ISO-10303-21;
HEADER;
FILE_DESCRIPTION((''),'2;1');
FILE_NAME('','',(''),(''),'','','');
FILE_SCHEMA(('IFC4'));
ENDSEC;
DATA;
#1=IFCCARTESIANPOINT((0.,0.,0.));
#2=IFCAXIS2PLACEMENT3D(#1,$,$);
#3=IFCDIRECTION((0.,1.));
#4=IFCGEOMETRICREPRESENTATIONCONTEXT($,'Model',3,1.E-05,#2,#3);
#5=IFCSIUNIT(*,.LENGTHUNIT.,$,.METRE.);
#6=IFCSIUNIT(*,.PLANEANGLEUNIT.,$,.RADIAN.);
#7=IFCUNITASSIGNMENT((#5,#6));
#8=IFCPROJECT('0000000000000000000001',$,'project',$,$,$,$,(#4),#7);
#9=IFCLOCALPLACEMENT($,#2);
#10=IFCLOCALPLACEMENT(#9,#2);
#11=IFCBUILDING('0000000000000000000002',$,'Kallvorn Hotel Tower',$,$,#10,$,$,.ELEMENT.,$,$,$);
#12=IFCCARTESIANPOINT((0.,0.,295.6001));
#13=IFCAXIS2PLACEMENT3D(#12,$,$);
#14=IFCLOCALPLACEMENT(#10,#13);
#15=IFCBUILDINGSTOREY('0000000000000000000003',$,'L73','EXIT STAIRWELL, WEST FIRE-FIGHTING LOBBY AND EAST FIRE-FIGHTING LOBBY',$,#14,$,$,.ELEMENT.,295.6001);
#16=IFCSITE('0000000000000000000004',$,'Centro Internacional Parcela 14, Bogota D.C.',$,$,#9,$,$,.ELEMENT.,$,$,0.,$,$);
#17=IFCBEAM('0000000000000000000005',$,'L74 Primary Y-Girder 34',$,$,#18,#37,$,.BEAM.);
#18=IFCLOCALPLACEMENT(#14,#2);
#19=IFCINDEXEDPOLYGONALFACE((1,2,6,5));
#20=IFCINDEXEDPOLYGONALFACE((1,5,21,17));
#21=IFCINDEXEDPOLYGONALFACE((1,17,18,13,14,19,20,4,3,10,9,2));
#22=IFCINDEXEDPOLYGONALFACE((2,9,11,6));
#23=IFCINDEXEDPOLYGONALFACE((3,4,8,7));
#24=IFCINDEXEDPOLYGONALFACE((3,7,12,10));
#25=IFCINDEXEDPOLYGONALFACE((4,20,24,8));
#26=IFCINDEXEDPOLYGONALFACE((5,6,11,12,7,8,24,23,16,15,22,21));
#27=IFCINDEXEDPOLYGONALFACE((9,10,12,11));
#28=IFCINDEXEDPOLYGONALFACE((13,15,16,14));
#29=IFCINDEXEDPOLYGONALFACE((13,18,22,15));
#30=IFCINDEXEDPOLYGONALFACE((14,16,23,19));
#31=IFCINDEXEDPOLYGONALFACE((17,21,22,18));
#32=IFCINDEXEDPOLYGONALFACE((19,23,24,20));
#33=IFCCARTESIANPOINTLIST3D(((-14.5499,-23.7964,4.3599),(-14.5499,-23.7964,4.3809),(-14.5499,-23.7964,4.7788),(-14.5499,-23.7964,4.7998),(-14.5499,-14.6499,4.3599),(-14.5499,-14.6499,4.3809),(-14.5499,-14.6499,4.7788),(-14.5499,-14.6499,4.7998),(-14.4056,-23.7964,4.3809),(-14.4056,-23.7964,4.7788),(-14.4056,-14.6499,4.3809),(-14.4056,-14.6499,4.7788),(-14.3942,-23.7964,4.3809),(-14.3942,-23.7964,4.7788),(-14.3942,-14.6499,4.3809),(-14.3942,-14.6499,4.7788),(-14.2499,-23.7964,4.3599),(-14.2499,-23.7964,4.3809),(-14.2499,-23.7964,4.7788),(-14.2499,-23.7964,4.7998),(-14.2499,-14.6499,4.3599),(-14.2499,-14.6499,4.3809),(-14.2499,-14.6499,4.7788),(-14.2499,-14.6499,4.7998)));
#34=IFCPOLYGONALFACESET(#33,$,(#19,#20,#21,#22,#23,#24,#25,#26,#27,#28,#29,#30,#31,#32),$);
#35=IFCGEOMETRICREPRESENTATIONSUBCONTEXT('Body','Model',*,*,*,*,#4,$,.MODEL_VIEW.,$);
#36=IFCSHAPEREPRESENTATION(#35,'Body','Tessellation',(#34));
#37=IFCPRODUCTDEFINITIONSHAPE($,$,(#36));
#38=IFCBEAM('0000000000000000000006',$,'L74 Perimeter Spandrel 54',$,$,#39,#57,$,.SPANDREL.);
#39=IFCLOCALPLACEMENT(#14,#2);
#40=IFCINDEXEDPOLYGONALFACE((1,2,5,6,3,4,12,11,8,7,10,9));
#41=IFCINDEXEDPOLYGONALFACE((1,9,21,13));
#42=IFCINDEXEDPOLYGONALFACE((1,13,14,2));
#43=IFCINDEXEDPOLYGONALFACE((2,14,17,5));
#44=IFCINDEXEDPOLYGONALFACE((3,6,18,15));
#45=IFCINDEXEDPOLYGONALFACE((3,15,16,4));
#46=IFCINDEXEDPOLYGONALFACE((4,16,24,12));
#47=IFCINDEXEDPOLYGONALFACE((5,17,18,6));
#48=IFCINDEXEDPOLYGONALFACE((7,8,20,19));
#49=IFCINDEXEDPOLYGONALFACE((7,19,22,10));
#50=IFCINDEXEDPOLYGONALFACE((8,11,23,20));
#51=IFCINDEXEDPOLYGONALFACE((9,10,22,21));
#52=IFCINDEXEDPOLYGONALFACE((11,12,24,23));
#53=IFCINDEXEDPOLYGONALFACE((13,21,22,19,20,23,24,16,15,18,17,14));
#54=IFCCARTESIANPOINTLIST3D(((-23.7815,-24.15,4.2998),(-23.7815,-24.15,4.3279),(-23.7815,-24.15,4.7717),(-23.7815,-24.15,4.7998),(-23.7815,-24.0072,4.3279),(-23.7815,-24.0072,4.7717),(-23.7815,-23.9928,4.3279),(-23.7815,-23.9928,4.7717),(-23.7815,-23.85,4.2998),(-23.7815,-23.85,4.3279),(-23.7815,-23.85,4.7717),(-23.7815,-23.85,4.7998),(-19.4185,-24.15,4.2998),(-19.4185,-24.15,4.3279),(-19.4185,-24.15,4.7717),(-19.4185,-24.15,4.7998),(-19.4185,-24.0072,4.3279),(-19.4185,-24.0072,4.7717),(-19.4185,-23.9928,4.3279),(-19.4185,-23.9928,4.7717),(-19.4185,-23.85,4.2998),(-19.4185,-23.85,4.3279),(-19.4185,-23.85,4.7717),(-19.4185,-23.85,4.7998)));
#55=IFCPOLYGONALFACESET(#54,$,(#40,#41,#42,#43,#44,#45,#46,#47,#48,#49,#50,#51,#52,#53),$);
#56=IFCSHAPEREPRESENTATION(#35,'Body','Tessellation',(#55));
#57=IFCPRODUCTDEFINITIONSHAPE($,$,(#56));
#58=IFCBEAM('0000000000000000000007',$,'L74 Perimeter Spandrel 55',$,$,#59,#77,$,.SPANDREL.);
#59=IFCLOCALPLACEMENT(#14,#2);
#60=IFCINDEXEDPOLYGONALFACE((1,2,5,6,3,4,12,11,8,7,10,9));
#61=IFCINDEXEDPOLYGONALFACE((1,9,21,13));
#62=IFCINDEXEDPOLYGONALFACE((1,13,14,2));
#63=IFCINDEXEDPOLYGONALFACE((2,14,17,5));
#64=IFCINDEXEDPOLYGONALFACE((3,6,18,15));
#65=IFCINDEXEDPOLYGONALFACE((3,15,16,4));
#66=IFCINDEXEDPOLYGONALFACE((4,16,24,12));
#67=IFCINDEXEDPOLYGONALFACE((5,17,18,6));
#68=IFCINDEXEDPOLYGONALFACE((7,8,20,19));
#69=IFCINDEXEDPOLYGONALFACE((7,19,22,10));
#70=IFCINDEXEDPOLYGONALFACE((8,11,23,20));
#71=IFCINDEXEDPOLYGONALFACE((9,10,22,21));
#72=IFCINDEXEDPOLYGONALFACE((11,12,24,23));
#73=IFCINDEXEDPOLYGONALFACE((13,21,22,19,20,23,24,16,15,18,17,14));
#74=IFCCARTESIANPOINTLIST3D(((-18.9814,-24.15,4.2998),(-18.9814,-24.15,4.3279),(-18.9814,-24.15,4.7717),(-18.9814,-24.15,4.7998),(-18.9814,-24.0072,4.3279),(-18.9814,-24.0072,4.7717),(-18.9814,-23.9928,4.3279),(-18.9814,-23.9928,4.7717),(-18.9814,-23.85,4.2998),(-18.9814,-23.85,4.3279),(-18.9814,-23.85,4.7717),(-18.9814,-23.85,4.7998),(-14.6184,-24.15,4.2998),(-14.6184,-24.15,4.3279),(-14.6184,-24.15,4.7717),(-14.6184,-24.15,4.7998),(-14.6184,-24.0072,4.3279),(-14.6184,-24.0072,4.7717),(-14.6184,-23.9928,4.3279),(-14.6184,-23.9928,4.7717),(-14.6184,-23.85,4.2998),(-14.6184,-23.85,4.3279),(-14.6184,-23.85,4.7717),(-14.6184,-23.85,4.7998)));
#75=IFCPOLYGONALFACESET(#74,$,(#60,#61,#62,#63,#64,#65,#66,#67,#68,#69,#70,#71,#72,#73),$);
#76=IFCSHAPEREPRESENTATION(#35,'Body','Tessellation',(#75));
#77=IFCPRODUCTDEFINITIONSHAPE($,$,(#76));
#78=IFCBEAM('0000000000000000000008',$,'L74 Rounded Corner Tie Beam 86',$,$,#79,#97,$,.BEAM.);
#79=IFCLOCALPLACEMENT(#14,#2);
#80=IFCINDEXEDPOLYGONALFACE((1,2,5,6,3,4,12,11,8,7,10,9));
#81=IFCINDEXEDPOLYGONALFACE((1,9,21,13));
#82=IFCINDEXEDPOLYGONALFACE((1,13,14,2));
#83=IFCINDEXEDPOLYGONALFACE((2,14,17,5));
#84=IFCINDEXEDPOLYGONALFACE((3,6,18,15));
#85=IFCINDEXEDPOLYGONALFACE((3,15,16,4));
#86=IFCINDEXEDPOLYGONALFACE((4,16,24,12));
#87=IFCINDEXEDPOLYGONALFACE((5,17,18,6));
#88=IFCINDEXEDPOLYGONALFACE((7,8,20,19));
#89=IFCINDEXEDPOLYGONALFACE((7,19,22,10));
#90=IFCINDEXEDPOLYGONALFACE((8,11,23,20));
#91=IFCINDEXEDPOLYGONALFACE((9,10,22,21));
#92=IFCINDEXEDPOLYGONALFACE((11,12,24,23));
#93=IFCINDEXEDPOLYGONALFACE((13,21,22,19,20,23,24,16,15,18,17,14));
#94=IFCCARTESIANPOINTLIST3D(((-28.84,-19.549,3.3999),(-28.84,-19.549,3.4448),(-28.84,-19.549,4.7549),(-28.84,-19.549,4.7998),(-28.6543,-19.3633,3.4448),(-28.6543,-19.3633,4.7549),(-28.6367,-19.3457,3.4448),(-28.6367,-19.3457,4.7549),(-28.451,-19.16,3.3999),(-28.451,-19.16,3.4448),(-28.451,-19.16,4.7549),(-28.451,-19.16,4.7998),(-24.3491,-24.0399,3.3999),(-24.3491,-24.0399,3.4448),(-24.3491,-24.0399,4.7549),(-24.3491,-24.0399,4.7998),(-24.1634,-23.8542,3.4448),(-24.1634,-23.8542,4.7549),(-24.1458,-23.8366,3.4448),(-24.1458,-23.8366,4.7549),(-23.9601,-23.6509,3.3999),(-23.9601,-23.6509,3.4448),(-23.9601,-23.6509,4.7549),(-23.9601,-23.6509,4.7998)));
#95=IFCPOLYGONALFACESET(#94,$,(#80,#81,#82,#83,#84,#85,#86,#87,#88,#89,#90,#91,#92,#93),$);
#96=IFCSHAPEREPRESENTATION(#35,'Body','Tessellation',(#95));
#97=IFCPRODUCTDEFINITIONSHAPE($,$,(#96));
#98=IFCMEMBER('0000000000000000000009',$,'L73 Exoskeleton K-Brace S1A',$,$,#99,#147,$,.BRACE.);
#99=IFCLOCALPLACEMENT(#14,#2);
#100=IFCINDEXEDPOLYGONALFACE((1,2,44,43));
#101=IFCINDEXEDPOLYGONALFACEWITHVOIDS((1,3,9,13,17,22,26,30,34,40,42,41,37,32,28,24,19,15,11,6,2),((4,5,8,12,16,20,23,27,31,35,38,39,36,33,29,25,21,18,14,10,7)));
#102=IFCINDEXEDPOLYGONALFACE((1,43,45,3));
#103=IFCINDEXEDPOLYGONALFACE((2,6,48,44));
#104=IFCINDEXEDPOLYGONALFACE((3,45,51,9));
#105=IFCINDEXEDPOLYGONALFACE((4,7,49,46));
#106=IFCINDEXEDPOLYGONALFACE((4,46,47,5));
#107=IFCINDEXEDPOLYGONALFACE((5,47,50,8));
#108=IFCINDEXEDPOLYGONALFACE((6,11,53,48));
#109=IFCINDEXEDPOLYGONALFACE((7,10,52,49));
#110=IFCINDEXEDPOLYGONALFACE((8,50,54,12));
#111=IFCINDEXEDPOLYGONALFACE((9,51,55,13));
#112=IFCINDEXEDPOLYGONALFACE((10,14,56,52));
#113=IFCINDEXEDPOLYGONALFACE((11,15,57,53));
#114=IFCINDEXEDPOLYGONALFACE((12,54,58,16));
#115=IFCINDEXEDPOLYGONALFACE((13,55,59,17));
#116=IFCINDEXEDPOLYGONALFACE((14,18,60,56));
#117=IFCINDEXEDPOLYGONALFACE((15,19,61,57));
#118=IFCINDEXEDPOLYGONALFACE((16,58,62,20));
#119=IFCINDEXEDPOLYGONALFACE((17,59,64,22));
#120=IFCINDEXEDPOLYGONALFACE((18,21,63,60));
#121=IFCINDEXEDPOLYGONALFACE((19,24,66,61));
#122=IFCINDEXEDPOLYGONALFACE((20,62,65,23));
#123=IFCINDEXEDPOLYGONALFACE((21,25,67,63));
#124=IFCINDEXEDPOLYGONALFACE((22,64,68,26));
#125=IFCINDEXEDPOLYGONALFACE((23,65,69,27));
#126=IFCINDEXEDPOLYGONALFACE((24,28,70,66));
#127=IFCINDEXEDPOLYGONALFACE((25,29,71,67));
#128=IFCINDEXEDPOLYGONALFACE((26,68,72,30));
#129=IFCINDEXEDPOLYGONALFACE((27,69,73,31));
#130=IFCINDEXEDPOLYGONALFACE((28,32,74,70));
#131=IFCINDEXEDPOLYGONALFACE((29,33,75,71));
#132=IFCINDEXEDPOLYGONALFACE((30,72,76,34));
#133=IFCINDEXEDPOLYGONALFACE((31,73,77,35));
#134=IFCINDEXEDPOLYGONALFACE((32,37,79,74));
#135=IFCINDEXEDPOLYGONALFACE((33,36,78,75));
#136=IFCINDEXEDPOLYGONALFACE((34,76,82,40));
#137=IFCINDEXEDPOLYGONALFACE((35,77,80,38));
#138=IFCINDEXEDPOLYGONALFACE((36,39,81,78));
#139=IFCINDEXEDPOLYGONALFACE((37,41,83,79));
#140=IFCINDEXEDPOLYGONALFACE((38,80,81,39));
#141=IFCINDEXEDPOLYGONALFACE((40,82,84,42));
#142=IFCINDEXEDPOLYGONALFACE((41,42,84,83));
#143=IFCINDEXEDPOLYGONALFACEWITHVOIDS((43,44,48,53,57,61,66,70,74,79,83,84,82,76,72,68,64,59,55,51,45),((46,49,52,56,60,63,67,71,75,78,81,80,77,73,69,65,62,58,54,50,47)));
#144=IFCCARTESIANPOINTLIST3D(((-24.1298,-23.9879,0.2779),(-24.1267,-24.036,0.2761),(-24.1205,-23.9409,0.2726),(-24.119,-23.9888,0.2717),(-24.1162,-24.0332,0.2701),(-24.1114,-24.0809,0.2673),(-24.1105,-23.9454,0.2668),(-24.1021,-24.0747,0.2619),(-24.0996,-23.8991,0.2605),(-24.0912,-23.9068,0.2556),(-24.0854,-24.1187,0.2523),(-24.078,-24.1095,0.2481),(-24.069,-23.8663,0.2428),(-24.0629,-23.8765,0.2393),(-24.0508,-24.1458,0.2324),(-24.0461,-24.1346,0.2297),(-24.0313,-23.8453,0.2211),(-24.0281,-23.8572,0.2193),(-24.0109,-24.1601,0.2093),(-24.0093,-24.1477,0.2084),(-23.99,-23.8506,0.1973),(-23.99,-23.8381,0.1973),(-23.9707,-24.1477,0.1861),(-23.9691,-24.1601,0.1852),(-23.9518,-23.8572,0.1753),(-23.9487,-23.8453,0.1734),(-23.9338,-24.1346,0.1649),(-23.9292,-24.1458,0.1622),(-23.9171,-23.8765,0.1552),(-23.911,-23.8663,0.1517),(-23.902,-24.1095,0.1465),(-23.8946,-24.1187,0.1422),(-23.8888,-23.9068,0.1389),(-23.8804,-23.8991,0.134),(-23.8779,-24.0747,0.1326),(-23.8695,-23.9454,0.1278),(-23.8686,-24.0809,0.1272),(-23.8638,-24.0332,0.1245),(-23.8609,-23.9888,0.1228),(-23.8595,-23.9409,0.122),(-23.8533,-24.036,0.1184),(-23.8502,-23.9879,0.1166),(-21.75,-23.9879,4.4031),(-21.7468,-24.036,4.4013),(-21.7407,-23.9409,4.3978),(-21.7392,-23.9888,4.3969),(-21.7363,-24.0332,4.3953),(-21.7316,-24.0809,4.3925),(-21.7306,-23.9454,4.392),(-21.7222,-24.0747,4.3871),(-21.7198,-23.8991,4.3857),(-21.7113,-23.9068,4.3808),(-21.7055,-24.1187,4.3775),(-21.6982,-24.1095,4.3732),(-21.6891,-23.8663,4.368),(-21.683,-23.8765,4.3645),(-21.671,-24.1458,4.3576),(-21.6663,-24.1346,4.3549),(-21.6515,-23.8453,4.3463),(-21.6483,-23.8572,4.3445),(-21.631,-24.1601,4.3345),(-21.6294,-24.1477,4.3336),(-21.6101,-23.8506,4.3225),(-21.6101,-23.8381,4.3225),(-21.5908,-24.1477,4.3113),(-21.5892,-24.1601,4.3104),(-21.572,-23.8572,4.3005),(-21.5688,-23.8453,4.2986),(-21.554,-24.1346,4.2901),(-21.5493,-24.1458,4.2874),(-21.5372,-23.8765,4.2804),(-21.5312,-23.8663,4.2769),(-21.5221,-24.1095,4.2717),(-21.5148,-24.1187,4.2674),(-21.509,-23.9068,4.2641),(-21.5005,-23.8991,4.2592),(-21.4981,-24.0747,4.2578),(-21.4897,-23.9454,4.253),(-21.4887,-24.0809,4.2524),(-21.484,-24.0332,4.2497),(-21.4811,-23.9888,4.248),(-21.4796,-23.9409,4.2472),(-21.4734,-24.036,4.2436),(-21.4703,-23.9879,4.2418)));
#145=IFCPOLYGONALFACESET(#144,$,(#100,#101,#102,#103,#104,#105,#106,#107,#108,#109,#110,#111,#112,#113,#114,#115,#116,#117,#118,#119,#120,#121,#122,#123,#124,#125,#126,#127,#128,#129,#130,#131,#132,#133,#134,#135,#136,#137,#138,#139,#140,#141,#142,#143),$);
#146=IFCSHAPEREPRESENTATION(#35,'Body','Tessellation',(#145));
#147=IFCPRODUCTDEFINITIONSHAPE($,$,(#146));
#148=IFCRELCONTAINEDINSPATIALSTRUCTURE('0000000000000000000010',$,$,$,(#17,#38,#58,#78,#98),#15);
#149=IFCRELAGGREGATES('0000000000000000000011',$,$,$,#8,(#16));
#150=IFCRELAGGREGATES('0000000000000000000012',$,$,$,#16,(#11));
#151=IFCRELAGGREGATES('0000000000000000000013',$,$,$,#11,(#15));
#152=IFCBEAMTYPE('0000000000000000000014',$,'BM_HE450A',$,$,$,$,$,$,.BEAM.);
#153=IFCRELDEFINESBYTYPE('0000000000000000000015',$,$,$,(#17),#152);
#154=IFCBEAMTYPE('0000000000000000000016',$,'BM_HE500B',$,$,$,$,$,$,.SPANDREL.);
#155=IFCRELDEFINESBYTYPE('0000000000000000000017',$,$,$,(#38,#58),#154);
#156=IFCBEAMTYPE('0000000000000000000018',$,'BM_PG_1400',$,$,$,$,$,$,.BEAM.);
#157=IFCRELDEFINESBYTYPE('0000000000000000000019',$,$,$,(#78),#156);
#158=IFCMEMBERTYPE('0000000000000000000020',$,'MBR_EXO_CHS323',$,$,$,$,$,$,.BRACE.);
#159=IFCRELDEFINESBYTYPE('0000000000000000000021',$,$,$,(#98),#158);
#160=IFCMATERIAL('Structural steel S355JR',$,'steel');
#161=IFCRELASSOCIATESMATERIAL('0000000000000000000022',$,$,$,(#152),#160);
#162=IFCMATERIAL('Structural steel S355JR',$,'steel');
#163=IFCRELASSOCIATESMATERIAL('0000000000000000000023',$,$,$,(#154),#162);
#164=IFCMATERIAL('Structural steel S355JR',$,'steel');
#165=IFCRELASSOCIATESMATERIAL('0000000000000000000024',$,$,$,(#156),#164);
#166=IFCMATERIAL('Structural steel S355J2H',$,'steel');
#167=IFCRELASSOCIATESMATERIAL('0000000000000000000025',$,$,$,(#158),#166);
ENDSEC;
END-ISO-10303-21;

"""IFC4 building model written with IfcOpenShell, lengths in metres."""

from ifc_helpers import new_model, si_unit, direction, frame, origin, origin_2d, place, context, subcontext, project, spatial, hollow_circle, i_section, extrude, material, material_profile, profile_set, type_object, element, save


model = new_model("IFC4")

# Units and contexts
model_context = context("Model", 3, precision=1e-05, world=origin(), true_north=direction((0.0, 1.0)))
body_context = subcontext(model_context, "Body", "Model", "MODEL_VIEW")
ifc_project = project(units=[si_unit("LENGTHUNIT", "METRE"), si_unit("PLANEANGLEUNIT", "RADIAN")], contexts=[model_context])

# Site, building, storey
site_placement = place(None, origin())
site = spatial("IfcSite", under=ifc_project, at=site_placement, Name="Centro Internacional Parcela 14, Bogota D.C.", CompositionType="ELEMENT", RefElevation=0.0)
building_placement = place(site_placement, origin())
building = spatial("IfcBuilding", under=site, at=building_placement, Name="Kallvorn Hotel Tower", CompositionType="ELEMENT")
storey_placement = place(building_placement, frame((0.0, 0.0, 295.6001)))
storey = spatial("IfcBuildingStorey", under=building, at=storey_placement, Name="L73", Description="EXIT STAIRWELL, WEST FIRE-FIGHTING LOBBY AND EAST FIRE-FIGHTING LOBBY", CompositionType="ELEMENT", Elevation=295.6001)

# Beams
ifc_material_1 = material(Name="Structural steel S355JR", Category="steel")
ifc_material_profile_1 = material_profile(ifc_material_1, i_section(OverallWidth=0.3, OverallDepth=0.4399, WebThickness=0.0115, FlangeThickness=0.021, at=origin_2d()), Name="HE 450 A")
ifc_profile_set_1 = profile_set([ifc_material_profile_1], Name="Structural steel S355JR")
beam_type_1 = type_object("IfcBeamType", Name="BM_HE450A", PredefinedType="BEAM", material=ifc_profile_set_1)
for number, where, z_axis, x_axis, name in (
    (1, (-14.3999, -23.7964, 4.5798), (0.0, 1.0, 0.0), (-1.0, 0.0, 0.0), "L74 Primary Y-Girder 34"),
):
    element("IfcBeam", number, at=place(storey_placement, frame(where, z_axis=z_axis, x_axis=x_axis)), inside=storey, type_object=beam_type_1, Name=name, PredefinedType="BEAM", context=body_context, shape_type="SweptSolid", body=[
        extrude(i_section(OverallWidth=0.3, OverallDepth=0.4399, WebThickness=0.0115, FlangeThickness=0.021, at=origin_2d()), origin(), (0.0, 0.0, 1.0), 9.1465),
    ])
ifc_material_2 = material(Name="Structural steel S355JR", Category="steel")
ifc_material_profile_2 = material_profile(ifc_material_2, i_section(OverallWidth=0.3, OverallDepth=0.5, WebThickness=0.0144, FlangeThickness=0.0281, at=origin_2d()), Name="HE 500 B")
ifc_profile_set_2 = profile_set([ifc_material_profile_2], Name="Structural steel S355JR")
beam_type_2 = type_object("IfcBeamType", Name="BM_HE500B", PredefinedType="SPANDREL", material=ifc_profile_set_2)
for number, where, z_axis, x_axis, name in (
    (2, (-23.7815, -24.0, 4.5498), (1.0, 0.0, 0.0), (0.0, 1.0, 0.0), "L74 Perimeter Spandrel 54"),
    (3, (-18.9814, -24.0, 4.5498), (1.0, 0.0, 0.0), (0.0, 1.0, 0.0), "L74 Perimeter Spandrel 55"),
):
    element("IfcBeam", number, at=place(storey_placement, frame(where, z_axis=z_axis, x_axis=x_axis)), inside=storey, type_object=beam_type_2, Name=name, PredefinedType="SPANDREL", context=body_context, shape_type="SweptSolid", body=[
        extrude(i_section(OverallWidth=0.3, OverallDepth=0.5, WebThickness=0.0144, FlangeThickness=0.0281, at=origin_2d()), origin(), (0.0, 0.0, 1.0), 4.363),
    ])
ifc_material_3 = material(Name="Structural steel S355JR", Category="steel")
ifc_material_profile_3 = material_profile(ifc_material_3, i_section(OverallWidth=0.55, OverallDepth=1.3999, WebThickness=0.0249, FlangeThickness=0.0449, at=origin_2d()), Name="PG 1400x550x25x45")
ifc_profile_set_3 = profile_set([ifc_material_profile_3], Name="Structural steel S355JR")
beam_type_3 = type_object("IfcBeamType", Name="BM_PG_1400", PredefinedType="BEAM", material=ifc_profile_set_3)
beam_placement = place(storey_placement, frame((-28.6455, -19.3545, 4.0999), z_axis=(0.707107, -0.707107, 0.0), x_axis=(0.707107, 0.707107, 0.0)))
element("IfcBeam", 4, at=beam_placement, inside=storey, type_object=beam_type_3, Name="L74 Rounded Corner Tie Beam 86", PredefinedType="BEAM", context=body_context, shape_type="SweptSolid", body=[
    extrude(i_section(OverallWidth=0.55, OverallDepth=1.3999, WebThickness=0.0249, FlangeThickness=0.0449, at=origin_2d()), origin(), (0.0, 0.0, 1.0), 6.3511),
])

# Member
ifc_material_4 = material(Name="Structural steel S355J2H", Category="steel")
ifc_material_profile_4 = material_profile(ifc_material_4, hollow_circle(Radius=0.1619, WallThickness=0.0125, at=origin_2d()), Name="CHS 323.9x12.5")
ifc_profile_set_4 = profile_set([ifc_material_profile_4], Name="Structural steel S355J2H")
member_type = type_object("IfcMemberType", Name="MBR_EXO_CHS323", PredefinedType="BRACE", material=ifc_profile_set_4)
member_1_placement = place(storey_placement, frame((-23.99, -24.0, 0.1973), z_axis=(0.499712, 0.0, 0.866192), x_axis=(0.0, 1.0, 0.0)))
element("IfcMember", 5, at=member_1_placement, inside=storey, type_object=member_type, Name="L73 Exoskeleton K-Brace S1A", PredefinedType="BRACE", context=body_context, shape_type="SweptSolid", body=[
    extrude(hollow_circle(Radius=0.1619, WallThickness=0.0125, at=origin_2d()), origin(), (0.0, 0.0, 1.0), 4.7625),
])

save(model, "model.ifc")
